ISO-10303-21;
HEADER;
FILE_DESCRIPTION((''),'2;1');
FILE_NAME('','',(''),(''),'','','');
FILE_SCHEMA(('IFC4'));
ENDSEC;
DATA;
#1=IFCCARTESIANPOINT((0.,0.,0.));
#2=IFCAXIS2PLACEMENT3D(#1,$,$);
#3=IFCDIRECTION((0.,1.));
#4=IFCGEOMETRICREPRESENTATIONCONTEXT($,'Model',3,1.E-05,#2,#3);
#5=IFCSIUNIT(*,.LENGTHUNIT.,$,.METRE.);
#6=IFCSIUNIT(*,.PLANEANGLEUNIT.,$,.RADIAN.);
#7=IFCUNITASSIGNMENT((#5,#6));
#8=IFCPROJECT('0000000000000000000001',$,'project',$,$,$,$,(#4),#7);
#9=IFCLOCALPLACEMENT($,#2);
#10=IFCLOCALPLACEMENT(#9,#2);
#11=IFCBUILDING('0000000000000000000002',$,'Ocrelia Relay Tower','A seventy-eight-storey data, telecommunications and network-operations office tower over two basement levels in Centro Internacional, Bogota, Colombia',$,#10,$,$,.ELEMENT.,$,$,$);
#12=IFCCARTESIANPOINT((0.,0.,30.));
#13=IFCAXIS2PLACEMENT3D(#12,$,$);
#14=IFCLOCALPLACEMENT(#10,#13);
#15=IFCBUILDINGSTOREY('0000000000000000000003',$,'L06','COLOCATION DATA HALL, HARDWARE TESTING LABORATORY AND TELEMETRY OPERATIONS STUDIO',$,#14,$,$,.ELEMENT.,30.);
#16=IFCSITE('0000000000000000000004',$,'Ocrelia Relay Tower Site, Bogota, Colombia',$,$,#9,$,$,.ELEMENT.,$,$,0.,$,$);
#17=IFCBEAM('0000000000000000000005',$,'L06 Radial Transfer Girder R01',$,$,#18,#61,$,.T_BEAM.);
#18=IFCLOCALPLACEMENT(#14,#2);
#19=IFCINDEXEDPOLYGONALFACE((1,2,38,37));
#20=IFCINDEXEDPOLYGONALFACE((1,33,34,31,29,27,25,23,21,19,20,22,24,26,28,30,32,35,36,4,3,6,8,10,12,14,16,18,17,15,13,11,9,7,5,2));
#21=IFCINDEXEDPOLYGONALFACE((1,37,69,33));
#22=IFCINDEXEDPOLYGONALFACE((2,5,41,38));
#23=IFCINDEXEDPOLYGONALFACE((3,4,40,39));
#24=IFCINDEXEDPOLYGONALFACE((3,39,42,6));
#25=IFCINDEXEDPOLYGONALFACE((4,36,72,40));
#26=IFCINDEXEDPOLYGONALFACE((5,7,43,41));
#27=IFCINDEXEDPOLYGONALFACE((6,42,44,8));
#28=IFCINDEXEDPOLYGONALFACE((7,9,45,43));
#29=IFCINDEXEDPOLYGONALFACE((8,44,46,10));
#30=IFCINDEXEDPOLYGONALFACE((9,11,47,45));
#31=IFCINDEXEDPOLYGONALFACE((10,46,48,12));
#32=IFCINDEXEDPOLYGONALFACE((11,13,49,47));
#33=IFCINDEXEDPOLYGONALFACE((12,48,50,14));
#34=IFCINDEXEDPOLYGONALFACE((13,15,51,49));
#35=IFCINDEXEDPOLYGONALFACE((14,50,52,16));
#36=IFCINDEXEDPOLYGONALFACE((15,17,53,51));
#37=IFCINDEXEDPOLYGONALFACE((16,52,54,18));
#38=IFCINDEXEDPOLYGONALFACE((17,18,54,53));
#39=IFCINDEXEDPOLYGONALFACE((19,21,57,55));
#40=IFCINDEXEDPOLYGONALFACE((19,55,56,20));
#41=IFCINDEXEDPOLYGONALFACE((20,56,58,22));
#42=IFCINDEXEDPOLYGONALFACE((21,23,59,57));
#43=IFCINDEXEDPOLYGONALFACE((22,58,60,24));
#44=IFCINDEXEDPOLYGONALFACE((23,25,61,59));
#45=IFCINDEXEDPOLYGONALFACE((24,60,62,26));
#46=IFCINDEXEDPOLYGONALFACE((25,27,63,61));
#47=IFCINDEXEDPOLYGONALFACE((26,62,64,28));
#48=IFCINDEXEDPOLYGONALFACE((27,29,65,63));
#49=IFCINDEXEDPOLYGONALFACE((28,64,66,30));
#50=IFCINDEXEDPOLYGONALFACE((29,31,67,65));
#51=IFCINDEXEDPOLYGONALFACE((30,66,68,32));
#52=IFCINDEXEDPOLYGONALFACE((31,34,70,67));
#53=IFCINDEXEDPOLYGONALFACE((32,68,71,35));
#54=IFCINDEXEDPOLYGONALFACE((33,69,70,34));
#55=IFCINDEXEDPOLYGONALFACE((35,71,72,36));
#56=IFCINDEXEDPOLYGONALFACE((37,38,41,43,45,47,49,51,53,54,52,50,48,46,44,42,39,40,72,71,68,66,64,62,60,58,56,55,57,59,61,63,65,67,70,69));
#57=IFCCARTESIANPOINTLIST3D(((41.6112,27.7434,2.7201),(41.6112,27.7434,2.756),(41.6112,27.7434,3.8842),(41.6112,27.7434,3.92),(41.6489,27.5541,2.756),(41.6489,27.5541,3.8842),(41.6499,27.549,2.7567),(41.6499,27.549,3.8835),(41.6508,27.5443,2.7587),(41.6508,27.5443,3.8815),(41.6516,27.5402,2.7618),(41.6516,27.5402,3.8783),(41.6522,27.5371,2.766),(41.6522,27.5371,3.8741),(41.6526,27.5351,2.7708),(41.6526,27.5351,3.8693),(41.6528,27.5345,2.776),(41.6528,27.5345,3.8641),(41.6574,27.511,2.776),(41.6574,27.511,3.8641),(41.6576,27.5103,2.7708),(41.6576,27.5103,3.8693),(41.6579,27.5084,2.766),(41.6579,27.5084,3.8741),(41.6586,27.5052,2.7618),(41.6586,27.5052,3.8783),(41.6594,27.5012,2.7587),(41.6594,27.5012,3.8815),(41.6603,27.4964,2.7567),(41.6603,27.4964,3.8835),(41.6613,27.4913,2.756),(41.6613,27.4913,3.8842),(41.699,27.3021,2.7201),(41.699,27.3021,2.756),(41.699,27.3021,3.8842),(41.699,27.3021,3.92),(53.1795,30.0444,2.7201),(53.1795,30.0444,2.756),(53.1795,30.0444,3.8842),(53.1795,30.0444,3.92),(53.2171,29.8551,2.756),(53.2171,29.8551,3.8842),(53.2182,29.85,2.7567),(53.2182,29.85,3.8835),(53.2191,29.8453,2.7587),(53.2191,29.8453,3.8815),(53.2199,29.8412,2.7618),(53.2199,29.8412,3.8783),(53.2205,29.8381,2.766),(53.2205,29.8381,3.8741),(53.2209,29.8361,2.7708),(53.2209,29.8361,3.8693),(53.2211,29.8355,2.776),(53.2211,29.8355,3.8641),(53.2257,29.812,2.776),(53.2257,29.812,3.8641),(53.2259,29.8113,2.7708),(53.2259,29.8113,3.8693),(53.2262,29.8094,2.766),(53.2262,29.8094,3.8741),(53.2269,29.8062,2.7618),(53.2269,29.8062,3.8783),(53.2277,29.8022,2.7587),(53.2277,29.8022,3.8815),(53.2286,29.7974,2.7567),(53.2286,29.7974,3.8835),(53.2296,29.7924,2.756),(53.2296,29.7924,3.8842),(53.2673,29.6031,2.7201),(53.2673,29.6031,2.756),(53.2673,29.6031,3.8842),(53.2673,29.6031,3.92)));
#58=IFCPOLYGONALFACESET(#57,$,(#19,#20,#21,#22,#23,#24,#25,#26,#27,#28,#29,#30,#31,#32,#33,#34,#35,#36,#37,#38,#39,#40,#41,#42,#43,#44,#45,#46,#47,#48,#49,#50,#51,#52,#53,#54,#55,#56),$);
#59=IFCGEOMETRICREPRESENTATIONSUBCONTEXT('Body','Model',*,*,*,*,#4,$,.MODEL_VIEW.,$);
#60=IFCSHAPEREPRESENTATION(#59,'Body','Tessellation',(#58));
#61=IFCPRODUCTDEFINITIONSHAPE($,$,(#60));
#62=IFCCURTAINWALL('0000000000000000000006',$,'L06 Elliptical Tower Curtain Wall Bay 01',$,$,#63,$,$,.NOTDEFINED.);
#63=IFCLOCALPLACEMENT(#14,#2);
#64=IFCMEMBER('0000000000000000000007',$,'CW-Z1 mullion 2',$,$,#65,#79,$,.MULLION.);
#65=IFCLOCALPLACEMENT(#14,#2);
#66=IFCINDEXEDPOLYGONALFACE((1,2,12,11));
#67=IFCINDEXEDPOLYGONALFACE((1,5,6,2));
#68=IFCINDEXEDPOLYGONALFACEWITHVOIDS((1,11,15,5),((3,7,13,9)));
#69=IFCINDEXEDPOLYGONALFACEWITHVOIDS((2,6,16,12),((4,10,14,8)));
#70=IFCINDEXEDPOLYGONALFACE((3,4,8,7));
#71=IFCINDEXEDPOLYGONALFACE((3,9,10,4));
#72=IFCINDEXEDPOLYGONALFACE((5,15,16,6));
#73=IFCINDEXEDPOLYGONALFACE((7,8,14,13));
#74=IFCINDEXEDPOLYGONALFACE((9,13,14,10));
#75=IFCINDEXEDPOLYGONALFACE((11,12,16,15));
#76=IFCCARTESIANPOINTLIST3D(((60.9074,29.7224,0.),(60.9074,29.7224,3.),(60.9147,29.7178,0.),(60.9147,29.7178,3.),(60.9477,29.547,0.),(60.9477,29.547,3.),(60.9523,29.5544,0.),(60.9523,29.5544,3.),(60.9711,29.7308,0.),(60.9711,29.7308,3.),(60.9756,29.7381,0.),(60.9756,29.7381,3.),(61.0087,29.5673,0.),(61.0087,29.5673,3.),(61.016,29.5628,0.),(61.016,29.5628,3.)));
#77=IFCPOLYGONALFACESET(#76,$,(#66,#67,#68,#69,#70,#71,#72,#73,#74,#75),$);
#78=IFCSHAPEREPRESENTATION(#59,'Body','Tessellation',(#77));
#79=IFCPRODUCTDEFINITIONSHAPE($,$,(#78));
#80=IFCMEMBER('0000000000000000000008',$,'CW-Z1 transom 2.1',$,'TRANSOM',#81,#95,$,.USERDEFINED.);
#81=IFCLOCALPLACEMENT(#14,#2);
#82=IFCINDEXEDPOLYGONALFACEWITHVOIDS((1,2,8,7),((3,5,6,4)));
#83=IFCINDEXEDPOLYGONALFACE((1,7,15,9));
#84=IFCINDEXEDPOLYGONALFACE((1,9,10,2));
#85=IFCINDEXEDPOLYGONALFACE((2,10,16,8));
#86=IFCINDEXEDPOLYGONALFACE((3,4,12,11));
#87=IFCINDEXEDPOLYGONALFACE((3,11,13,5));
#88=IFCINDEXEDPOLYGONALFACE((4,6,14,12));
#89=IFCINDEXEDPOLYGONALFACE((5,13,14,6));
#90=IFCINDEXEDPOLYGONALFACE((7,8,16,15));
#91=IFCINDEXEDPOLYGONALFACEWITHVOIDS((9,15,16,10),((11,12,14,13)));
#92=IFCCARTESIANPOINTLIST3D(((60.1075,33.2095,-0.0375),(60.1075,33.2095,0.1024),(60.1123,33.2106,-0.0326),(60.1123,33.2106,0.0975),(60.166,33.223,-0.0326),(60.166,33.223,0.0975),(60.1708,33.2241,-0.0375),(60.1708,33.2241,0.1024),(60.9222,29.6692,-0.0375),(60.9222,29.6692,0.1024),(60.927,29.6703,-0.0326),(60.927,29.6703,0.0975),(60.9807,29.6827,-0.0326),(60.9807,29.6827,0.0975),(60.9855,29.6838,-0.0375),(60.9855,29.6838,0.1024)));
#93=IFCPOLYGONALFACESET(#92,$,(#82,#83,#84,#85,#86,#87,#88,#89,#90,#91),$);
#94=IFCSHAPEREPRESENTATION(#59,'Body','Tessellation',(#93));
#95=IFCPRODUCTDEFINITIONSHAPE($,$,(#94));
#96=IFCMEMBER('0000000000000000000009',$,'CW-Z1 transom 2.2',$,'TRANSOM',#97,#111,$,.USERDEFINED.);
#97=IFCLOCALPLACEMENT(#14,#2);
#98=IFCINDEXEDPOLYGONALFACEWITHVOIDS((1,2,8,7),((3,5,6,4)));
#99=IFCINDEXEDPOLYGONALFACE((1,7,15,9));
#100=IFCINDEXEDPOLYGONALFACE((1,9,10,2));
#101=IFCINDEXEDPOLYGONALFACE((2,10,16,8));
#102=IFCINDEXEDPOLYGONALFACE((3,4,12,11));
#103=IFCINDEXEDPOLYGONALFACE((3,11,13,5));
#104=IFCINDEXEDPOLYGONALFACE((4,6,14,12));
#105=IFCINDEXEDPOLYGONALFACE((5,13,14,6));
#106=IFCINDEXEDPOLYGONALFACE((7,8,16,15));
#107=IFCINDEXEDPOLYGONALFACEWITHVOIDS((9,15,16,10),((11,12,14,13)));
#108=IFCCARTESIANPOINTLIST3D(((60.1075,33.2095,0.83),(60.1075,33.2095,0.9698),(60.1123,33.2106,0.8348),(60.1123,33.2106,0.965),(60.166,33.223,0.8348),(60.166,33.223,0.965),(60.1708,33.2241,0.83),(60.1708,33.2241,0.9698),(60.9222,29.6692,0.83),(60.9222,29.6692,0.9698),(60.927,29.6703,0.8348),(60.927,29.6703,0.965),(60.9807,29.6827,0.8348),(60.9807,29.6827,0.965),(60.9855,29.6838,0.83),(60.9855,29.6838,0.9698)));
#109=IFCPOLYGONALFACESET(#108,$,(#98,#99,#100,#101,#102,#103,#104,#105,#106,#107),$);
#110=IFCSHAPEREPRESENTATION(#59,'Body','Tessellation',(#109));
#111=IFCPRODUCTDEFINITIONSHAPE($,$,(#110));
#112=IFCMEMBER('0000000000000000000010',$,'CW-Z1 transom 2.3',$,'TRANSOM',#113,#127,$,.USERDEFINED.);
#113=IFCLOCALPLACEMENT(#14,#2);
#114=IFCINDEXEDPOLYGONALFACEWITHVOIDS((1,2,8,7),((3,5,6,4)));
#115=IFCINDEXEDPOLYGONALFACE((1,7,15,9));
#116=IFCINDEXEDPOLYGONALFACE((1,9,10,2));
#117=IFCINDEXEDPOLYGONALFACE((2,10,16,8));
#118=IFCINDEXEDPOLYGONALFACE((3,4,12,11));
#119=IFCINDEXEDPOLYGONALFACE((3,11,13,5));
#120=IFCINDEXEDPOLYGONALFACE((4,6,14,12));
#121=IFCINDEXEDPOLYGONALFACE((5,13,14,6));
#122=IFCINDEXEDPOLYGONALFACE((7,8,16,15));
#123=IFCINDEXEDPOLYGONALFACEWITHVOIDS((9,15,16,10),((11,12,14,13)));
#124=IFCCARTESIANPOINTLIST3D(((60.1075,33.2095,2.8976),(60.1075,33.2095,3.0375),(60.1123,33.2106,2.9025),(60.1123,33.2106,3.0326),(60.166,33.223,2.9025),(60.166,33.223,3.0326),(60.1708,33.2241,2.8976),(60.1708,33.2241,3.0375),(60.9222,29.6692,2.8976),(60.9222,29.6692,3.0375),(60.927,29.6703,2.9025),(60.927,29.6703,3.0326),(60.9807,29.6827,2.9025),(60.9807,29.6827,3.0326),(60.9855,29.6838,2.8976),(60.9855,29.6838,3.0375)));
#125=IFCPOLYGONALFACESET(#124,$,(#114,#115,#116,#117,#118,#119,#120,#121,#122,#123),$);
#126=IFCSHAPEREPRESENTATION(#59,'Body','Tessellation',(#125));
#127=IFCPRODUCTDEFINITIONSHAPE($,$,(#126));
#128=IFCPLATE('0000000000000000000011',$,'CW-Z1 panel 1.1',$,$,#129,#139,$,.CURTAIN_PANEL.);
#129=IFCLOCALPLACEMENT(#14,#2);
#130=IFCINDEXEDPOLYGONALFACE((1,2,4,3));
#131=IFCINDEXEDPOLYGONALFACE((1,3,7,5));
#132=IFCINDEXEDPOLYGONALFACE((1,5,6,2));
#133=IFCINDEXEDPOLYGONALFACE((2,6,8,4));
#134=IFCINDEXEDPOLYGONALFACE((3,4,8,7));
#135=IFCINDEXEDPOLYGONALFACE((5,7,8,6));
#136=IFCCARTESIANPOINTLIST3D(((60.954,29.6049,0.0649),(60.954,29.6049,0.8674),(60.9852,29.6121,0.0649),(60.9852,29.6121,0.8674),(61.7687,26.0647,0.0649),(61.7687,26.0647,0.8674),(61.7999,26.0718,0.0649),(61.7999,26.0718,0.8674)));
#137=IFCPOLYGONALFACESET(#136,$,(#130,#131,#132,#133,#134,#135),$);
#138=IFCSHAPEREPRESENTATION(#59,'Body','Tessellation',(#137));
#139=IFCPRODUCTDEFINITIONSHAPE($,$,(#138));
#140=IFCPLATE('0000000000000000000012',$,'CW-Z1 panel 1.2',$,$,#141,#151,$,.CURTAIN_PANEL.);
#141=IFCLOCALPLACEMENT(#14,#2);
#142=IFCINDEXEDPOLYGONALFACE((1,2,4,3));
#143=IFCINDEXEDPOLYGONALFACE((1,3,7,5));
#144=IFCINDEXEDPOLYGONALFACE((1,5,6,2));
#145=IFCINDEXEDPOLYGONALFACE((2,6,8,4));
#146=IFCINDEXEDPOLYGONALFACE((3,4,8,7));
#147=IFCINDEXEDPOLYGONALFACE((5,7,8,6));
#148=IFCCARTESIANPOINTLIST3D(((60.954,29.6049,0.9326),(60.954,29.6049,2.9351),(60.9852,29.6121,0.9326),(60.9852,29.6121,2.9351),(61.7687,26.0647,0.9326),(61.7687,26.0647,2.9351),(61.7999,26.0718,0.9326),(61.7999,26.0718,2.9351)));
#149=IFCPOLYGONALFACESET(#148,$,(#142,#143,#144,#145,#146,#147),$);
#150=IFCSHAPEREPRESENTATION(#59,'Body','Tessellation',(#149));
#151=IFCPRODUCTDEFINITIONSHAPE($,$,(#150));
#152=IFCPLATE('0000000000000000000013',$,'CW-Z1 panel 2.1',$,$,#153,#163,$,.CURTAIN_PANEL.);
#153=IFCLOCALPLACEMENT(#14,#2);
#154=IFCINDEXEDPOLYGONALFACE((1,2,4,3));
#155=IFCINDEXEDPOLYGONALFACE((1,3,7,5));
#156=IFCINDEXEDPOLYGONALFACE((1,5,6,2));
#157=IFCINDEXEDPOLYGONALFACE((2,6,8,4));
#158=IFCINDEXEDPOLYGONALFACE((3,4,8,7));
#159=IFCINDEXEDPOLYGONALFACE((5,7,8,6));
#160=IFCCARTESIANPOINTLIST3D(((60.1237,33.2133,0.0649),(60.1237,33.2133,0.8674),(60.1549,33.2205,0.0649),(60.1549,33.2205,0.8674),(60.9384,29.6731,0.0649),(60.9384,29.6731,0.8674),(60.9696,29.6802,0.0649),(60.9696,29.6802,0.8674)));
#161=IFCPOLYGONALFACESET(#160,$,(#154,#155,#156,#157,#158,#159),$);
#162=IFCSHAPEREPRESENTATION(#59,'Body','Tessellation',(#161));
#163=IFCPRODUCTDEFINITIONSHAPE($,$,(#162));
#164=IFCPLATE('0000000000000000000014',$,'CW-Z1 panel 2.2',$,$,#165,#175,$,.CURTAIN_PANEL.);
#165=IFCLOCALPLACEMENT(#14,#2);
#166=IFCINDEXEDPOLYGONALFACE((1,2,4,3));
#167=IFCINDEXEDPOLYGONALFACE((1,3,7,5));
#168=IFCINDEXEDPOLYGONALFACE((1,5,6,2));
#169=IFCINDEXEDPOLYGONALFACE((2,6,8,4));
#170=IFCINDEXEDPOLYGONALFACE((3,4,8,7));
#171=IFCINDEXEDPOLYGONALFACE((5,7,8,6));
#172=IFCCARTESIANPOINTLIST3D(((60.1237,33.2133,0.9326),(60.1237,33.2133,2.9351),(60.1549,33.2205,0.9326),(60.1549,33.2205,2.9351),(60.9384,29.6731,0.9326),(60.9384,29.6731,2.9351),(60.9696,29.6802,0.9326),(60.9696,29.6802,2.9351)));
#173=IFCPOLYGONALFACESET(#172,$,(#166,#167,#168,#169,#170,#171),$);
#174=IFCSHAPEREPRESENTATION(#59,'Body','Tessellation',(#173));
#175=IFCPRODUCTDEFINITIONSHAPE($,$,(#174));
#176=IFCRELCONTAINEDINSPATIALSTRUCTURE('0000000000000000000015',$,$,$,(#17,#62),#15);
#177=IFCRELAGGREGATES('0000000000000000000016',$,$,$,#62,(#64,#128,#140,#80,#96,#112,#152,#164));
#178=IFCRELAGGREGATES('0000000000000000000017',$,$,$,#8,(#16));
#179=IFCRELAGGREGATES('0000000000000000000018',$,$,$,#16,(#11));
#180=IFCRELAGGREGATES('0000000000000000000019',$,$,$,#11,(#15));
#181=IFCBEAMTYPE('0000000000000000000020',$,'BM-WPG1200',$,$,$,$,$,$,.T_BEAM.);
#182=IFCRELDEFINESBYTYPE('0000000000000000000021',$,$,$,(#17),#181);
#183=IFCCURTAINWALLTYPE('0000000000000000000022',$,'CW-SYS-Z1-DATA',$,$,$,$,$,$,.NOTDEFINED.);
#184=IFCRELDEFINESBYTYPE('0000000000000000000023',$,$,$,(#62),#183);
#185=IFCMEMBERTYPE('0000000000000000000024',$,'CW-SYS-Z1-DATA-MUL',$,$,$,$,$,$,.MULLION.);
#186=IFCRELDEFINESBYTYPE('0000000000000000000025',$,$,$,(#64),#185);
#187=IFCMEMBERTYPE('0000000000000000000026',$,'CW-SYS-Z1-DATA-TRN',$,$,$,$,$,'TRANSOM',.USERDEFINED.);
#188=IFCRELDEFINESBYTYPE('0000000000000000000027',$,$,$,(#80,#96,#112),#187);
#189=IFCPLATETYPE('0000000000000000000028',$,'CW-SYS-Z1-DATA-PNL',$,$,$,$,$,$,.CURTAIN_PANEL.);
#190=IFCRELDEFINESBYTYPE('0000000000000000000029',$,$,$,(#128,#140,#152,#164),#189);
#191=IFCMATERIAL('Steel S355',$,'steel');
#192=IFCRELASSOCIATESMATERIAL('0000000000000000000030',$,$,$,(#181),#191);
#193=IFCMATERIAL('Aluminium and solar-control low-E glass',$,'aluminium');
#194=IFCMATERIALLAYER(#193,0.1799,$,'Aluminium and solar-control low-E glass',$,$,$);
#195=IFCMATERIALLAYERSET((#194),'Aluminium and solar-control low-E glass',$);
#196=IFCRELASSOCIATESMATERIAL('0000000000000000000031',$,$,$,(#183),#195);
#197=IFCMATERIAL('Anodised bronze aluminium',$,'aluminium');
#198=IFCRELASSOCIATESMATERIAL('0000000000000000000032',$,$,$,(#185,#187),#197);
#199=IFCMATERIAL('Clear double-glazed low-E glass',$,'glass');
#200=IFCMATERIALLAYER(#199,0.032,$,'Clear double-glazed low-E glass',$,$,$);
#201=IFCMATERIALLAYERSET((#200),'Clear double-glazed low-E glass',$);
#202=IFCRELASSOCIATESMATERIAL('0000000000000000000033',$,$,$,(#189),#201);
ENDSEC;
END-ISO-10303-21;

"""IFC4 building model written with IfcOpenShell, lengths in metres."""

from ifc_helpers import new_model, si_unit, direction, frame, origin, origin_2d, place, context, subcontext, project, spatial, rectangle, hollow_rectangle, i_section, extrude, material, layer, layer_set, material_profile, profile_set, type_object, element, aggregate, save


model = new_model("IFC4")

# Units and contexts
model_context = context("Model", 3, precision=1e-05, world=origin(), true_north=direction((0.0, 1.0)))
body_context = subcontext(model_context, "Body", "Model", "MODEL_VIEW")
ifc_project = project(units=[si_unit("LENGTHUNIT", "METRE"), si_unit("PLANEANGLEUNIT", "RADIAN")], contexts=[model_context])

# Site, building, storey
site_placement = place(None, origin())
site = spatial("IfcSite", under=ifc_project, at=site_placement, Name="Ocrelia Relay Tower Site, Bogota, Colombia", CompositionType="ELEMENT", RefElevation=0.0)
building_placement = place(site_placement, origin())
building = spatial("IfcBuilding", under=site, at=building_placement, Name="Ocrelia Relay Tower", Description="A seventy-eight-storey data, telecommunications and network-operations office tower over two basement levels in Centro Internacional, Bogota, Colombia", CompositionType="ELEMENT")
storey_placement = place(building_placement, frame((0.0, 0.0, 30.0)))
storey = spatial("IfcBuildingStorey", under=building, at=storey_placement, Name="L06", Description="COLOCATION DATA HALL, HARDWARE TESTING LABORATORY AND TELEMETRY OPERATIONS STUDIO", CompositionType="ELEMENT", Elevation=30.0)

# Beam
ifc_material_1 = material(Name="Steel S355", Category="steel")
ifc_material_profile_1 = material_profile(ifc_material_1, i_section(OverallWidth=0.45, OverallDepth=1.2, WebThickness=0.0239, FlangeThickness=0.0359, FilletRadius=0.02, at=origin_2d()), Name="WPG 1200x450")
ifc_profile_set_1 = profile_set([ifc_material_profile_1], Name="Steel S355")
beam_type_1 = type_object("IfcBeamType", Name="BM-WPG1200", PredefinedType="T_BEAM", material=ifc_profile_set_1)
beam_1_placement = place(storey_placement, frame((53.2234, 29.8237, 3.3201), z_axis=(-0.980786, -0.195085, 0.0), x_axis=(0.195085, -0.980786, 0.0)))
element("IfcBeam", 1, at=beam_1_placement, inside=storey, type_object=beam_type_1, Name="L06 Radial Transfer Girder R01", PredefinedType="T_BEAM", context=body_context, shape_type="SweptSolid", body=[
    extrude(i_section(OverallWidth=0.45, OverallDepth=1.2, WebThickness=0.0239, FlangeThickness=0.0359, FilletRadius=0.02, at=origin_2d()), origin(), (0.0, 0.0, 1.0), 11.7949),
])

# Curtain wall, members, plates
ifc_material_2 = material(Name="Aluminium and solar-control low-E glass", Category="aluminium")
ifc_layer_1 = layer(ifc_material_2, 0.1799, Name="Aluminium and solar-control low-E glass")
ifc_layer_set_1 = layer_set([ifc_layer_1], Name="Aluminium and solar-control low-E glass")
curtain_wall_type = type_object("IfcCurtainWallType", Name="CW-SYS-Z1-DATA", PredefinedType="NOTDEFINED", material=ifc_layer_set_1)
curtain_wall_placement = place(storey_placement, origin())
curtain_wall = element("IfcCurtainWall", 2, at=curtain_wall_placement, inside=storey, type_object=curtain_wall_type, Name="L06 Elliptical Tower Curtain Wall Bay 01", PredefinedType="NOTDEFINED")
ifc_material_3 = material(Name="Anodised bronze aluminium", Category="aluminium")
ifc_material_profile_2 = material_profile(ifc_material_3, hollow_rectangle(XDim=0.0701, YDim=0.1799, WallThickness=0.0061, at=origin_2d()), Name="CW-MUL-180x70")
ifc_profile_set_2 = profile_set([ifc_material_profile_2], Name="Anodised bronze aluminium")
member_type_1 = type_object("IfcMemberType", Name="CW-SYS-Z1-DATA-MUL", PredefinedType="MULLION", material=ifc_profile_set_2)
member_1_placement = place(storey_placement, frame((60.9617, 29.6426, 0.0), z_axis=(0.0, 0.0, 1.0), x_axis=(-0.974527, -0.224268, 0.0)))
member_1 = element("IfcMember", 3, at=member_1_placement, type_object=member_type_1, Name="CW-Z1 mullion 2", PredefinedType="MULLION", context=body_context, shape_type="SweptSolid", body=[
    extrude(hollow_rectangle(XDim=0.0701, YDim=0.1799, WallThickness=0.0061, at=origin_2d()), origin(), (0.0, 0.0, 1.0), 3.0),
])
ifc_material_profile_3 = material_profile(ifc_material_3, hollow_rectangle(XDim=0.0649, YDim=0.1399, WallThickness=0.0049, at=origin_2d()), Name="CW-TRN-140x65")
ifc_profile_set_3 = profile_set([ifc_material_profile_3], Name="Anodised bronze aluminium")
member_type_2 = type_object("IfcMemberType", Name="CW-SYS-Z1-DATA-TRN", ElementType="TRANSOM", PredefinedType="USERDEFINED", material=ifc_profile_set_3)
member_2_placement = place(storey_placement, frame((60.9539, 29.6765, 0.0325), z_axis=(-0.224261, 0.974529, 0.0), x_axis=(-0.974529, -0.224261, 0.0)))
member_2 = element("IfcMember", 4, at=member_2_placement, type_object=member_type_2, Name="CW-Z1 transom 2.1", ObjectType="TRANSOM", PredefinedType="USERDEFINED", context=body_context, shape_type="SweptSolid", body=[
    extrude(hollow_rectangle(XDim=0.0649, YDim=0.1399, WallThickness=0.0049, at=origin_2d()), origin(), (0.0, 0.0, 1.0), 3.6328),
])
member_3_placement = place(storey_placement, frame((60.9539, 29.6765, 0.8999), z_axis=(-0.224261, 0.974529, 0.0), x_axis=(-0.974529, -0.224261, 0.0)))
member_3 = element("IfcMember", 5, at=member_3_placement, type_object=member_type_2, Name="CW-Z1 transom 2.2", ObjectType="TRANSOM", PredefinedType="USERDEFINED", context=body_context, shape_type="SweptSolid", body=[
    extrude(hollow_rectangle(XDim=0.0649, YDim=0.1399, WallThickness=0.0049, at=origin_2d()), origin(), (0.0, 0.0, 1.0), 3.6328),
])
member_4_placement = place(storey_placement, frame((60.9539, 29.6765, 2.9675), z_axis=(-0.224261, 0.974529, 0.0), x_axis=(-0.974529, -0.224261, 0.0)))
member_4 = element("IfcMember", 6, at=member_4_placement, type_object=member_type_2, Name="CW-Z1 transom 2.3", ObjectType="TRANSOM", PredefinedType="USERDEFINED", context=body_context, shape_type="SweptSolid", body=[
    extrude(hollow_rectangle(XDim=0.0649, YDim=0.1399, WallThickness=0.0049, at=origin_2d()), origin(), (0.0, 0.0, 1.0), 3.6328),
])
ifc_material_4 = material(Name="Clear double-glazed low-E glass", Category="glass")
ifc_layer_2 = layer(ifc_material_4, 0.032, Name="Clear double-glazed low-E glass")
ifc_layer_set_2 = layer_set([ifc_layer_2], Name="Clear double-glazed low-E glass")
plate_type = type_object("IfcPlateType", Name="CW-SYS-Z1-DATA-PNL", PredefinedType="CURTAIN_PANEL", material=ifc_layer_set_2)
plate_1_placement = place(storey_placement, frame((61.377, 27.8384, 0.0649), z_axis=(0.0, 0.0, 1.0), x_axis=(-0.224268, 0.974527, 0.0)))
plate_1 = element("IfcPlate", 7, at=plate_1_placement, type_object=plate_type, Name="CW-Z1 panel 1.1", PredefinedType="CURTAIN_PANEL", context=body_context, shape_type="SweptSolid", body=[
    extrude(rectangle(XDim=3.6328, YDim=0.032, at=origin_2d()), origin(), (0.0, 0.0, 1.0), 0.8025),
])
plate_2_placement = place(storey_placement, frame((61.377, 27.8384, 0.9326), z_axis=(0.0, 0.0, 1.0), x_axis=(-0.224268, 0.974527, 0.0)))
plate_2 = element("IfcPlate", 8, at=plate_2_placement, type_object=plate_type, Name="CW-Z1 panel 1.2", PredefinedType="CURTAIN_PANEL", context=body_context, shape_type="SweptSolid", body=[
    extrude(rectangle(XDim=3.6328, YDim=0.032, at=origin_2d()), origin(), (0.0, 0.0, 1.0), 2.0024),
])
plate_3_placement = place(storey_placement, frame((60.5466, 31.4468, 0.0649), z_axis=(0.0, 0.0, 1.0), x_axis=(-0.224268, 0.974527, 0.0)))
plate_3 = element("IfcPlate", 9, at=plate_3_placement, type_object=plate_type, Name="CW-Z1 panel 2.1", PredefinedType="CURTAIN_PANEL", context=body_context, shape_type="SweptSolid", body=[
    extrude(rectangle(XDim=3.6328, YDim=0.032, at=origin_2d()), origin(), (0.0, 0.0, 1.0), 0.8025),
])
plate_4_placement = place(storey_placement, frame((60.5466, 31.4468, 0.9326), z_axis=(0.0, 0.0, 1.0), x_axis=(-0.224268, 0.974527, 0.0)))
plate_4 = element("IfcPlate", 10, at=plate_4_placement, type_object=plate_type, Name="CW-Z1 panel 2.2", PredefinedType="CURTAIN_PANEL", context=body_context, shape_type="SweptSolid", body=[
    extrude(rectangle(XDim=3.6328, YDim=0.032, at=origin_2d()), origin(), (0.0, 0.0, 1.0), 2.0024),
])
aggregate(curtain_wall, [member_1, plate_1, plate_2, member_2, member_3, member_4, plate_3, plate_4])

save(model, "model.ifc")
